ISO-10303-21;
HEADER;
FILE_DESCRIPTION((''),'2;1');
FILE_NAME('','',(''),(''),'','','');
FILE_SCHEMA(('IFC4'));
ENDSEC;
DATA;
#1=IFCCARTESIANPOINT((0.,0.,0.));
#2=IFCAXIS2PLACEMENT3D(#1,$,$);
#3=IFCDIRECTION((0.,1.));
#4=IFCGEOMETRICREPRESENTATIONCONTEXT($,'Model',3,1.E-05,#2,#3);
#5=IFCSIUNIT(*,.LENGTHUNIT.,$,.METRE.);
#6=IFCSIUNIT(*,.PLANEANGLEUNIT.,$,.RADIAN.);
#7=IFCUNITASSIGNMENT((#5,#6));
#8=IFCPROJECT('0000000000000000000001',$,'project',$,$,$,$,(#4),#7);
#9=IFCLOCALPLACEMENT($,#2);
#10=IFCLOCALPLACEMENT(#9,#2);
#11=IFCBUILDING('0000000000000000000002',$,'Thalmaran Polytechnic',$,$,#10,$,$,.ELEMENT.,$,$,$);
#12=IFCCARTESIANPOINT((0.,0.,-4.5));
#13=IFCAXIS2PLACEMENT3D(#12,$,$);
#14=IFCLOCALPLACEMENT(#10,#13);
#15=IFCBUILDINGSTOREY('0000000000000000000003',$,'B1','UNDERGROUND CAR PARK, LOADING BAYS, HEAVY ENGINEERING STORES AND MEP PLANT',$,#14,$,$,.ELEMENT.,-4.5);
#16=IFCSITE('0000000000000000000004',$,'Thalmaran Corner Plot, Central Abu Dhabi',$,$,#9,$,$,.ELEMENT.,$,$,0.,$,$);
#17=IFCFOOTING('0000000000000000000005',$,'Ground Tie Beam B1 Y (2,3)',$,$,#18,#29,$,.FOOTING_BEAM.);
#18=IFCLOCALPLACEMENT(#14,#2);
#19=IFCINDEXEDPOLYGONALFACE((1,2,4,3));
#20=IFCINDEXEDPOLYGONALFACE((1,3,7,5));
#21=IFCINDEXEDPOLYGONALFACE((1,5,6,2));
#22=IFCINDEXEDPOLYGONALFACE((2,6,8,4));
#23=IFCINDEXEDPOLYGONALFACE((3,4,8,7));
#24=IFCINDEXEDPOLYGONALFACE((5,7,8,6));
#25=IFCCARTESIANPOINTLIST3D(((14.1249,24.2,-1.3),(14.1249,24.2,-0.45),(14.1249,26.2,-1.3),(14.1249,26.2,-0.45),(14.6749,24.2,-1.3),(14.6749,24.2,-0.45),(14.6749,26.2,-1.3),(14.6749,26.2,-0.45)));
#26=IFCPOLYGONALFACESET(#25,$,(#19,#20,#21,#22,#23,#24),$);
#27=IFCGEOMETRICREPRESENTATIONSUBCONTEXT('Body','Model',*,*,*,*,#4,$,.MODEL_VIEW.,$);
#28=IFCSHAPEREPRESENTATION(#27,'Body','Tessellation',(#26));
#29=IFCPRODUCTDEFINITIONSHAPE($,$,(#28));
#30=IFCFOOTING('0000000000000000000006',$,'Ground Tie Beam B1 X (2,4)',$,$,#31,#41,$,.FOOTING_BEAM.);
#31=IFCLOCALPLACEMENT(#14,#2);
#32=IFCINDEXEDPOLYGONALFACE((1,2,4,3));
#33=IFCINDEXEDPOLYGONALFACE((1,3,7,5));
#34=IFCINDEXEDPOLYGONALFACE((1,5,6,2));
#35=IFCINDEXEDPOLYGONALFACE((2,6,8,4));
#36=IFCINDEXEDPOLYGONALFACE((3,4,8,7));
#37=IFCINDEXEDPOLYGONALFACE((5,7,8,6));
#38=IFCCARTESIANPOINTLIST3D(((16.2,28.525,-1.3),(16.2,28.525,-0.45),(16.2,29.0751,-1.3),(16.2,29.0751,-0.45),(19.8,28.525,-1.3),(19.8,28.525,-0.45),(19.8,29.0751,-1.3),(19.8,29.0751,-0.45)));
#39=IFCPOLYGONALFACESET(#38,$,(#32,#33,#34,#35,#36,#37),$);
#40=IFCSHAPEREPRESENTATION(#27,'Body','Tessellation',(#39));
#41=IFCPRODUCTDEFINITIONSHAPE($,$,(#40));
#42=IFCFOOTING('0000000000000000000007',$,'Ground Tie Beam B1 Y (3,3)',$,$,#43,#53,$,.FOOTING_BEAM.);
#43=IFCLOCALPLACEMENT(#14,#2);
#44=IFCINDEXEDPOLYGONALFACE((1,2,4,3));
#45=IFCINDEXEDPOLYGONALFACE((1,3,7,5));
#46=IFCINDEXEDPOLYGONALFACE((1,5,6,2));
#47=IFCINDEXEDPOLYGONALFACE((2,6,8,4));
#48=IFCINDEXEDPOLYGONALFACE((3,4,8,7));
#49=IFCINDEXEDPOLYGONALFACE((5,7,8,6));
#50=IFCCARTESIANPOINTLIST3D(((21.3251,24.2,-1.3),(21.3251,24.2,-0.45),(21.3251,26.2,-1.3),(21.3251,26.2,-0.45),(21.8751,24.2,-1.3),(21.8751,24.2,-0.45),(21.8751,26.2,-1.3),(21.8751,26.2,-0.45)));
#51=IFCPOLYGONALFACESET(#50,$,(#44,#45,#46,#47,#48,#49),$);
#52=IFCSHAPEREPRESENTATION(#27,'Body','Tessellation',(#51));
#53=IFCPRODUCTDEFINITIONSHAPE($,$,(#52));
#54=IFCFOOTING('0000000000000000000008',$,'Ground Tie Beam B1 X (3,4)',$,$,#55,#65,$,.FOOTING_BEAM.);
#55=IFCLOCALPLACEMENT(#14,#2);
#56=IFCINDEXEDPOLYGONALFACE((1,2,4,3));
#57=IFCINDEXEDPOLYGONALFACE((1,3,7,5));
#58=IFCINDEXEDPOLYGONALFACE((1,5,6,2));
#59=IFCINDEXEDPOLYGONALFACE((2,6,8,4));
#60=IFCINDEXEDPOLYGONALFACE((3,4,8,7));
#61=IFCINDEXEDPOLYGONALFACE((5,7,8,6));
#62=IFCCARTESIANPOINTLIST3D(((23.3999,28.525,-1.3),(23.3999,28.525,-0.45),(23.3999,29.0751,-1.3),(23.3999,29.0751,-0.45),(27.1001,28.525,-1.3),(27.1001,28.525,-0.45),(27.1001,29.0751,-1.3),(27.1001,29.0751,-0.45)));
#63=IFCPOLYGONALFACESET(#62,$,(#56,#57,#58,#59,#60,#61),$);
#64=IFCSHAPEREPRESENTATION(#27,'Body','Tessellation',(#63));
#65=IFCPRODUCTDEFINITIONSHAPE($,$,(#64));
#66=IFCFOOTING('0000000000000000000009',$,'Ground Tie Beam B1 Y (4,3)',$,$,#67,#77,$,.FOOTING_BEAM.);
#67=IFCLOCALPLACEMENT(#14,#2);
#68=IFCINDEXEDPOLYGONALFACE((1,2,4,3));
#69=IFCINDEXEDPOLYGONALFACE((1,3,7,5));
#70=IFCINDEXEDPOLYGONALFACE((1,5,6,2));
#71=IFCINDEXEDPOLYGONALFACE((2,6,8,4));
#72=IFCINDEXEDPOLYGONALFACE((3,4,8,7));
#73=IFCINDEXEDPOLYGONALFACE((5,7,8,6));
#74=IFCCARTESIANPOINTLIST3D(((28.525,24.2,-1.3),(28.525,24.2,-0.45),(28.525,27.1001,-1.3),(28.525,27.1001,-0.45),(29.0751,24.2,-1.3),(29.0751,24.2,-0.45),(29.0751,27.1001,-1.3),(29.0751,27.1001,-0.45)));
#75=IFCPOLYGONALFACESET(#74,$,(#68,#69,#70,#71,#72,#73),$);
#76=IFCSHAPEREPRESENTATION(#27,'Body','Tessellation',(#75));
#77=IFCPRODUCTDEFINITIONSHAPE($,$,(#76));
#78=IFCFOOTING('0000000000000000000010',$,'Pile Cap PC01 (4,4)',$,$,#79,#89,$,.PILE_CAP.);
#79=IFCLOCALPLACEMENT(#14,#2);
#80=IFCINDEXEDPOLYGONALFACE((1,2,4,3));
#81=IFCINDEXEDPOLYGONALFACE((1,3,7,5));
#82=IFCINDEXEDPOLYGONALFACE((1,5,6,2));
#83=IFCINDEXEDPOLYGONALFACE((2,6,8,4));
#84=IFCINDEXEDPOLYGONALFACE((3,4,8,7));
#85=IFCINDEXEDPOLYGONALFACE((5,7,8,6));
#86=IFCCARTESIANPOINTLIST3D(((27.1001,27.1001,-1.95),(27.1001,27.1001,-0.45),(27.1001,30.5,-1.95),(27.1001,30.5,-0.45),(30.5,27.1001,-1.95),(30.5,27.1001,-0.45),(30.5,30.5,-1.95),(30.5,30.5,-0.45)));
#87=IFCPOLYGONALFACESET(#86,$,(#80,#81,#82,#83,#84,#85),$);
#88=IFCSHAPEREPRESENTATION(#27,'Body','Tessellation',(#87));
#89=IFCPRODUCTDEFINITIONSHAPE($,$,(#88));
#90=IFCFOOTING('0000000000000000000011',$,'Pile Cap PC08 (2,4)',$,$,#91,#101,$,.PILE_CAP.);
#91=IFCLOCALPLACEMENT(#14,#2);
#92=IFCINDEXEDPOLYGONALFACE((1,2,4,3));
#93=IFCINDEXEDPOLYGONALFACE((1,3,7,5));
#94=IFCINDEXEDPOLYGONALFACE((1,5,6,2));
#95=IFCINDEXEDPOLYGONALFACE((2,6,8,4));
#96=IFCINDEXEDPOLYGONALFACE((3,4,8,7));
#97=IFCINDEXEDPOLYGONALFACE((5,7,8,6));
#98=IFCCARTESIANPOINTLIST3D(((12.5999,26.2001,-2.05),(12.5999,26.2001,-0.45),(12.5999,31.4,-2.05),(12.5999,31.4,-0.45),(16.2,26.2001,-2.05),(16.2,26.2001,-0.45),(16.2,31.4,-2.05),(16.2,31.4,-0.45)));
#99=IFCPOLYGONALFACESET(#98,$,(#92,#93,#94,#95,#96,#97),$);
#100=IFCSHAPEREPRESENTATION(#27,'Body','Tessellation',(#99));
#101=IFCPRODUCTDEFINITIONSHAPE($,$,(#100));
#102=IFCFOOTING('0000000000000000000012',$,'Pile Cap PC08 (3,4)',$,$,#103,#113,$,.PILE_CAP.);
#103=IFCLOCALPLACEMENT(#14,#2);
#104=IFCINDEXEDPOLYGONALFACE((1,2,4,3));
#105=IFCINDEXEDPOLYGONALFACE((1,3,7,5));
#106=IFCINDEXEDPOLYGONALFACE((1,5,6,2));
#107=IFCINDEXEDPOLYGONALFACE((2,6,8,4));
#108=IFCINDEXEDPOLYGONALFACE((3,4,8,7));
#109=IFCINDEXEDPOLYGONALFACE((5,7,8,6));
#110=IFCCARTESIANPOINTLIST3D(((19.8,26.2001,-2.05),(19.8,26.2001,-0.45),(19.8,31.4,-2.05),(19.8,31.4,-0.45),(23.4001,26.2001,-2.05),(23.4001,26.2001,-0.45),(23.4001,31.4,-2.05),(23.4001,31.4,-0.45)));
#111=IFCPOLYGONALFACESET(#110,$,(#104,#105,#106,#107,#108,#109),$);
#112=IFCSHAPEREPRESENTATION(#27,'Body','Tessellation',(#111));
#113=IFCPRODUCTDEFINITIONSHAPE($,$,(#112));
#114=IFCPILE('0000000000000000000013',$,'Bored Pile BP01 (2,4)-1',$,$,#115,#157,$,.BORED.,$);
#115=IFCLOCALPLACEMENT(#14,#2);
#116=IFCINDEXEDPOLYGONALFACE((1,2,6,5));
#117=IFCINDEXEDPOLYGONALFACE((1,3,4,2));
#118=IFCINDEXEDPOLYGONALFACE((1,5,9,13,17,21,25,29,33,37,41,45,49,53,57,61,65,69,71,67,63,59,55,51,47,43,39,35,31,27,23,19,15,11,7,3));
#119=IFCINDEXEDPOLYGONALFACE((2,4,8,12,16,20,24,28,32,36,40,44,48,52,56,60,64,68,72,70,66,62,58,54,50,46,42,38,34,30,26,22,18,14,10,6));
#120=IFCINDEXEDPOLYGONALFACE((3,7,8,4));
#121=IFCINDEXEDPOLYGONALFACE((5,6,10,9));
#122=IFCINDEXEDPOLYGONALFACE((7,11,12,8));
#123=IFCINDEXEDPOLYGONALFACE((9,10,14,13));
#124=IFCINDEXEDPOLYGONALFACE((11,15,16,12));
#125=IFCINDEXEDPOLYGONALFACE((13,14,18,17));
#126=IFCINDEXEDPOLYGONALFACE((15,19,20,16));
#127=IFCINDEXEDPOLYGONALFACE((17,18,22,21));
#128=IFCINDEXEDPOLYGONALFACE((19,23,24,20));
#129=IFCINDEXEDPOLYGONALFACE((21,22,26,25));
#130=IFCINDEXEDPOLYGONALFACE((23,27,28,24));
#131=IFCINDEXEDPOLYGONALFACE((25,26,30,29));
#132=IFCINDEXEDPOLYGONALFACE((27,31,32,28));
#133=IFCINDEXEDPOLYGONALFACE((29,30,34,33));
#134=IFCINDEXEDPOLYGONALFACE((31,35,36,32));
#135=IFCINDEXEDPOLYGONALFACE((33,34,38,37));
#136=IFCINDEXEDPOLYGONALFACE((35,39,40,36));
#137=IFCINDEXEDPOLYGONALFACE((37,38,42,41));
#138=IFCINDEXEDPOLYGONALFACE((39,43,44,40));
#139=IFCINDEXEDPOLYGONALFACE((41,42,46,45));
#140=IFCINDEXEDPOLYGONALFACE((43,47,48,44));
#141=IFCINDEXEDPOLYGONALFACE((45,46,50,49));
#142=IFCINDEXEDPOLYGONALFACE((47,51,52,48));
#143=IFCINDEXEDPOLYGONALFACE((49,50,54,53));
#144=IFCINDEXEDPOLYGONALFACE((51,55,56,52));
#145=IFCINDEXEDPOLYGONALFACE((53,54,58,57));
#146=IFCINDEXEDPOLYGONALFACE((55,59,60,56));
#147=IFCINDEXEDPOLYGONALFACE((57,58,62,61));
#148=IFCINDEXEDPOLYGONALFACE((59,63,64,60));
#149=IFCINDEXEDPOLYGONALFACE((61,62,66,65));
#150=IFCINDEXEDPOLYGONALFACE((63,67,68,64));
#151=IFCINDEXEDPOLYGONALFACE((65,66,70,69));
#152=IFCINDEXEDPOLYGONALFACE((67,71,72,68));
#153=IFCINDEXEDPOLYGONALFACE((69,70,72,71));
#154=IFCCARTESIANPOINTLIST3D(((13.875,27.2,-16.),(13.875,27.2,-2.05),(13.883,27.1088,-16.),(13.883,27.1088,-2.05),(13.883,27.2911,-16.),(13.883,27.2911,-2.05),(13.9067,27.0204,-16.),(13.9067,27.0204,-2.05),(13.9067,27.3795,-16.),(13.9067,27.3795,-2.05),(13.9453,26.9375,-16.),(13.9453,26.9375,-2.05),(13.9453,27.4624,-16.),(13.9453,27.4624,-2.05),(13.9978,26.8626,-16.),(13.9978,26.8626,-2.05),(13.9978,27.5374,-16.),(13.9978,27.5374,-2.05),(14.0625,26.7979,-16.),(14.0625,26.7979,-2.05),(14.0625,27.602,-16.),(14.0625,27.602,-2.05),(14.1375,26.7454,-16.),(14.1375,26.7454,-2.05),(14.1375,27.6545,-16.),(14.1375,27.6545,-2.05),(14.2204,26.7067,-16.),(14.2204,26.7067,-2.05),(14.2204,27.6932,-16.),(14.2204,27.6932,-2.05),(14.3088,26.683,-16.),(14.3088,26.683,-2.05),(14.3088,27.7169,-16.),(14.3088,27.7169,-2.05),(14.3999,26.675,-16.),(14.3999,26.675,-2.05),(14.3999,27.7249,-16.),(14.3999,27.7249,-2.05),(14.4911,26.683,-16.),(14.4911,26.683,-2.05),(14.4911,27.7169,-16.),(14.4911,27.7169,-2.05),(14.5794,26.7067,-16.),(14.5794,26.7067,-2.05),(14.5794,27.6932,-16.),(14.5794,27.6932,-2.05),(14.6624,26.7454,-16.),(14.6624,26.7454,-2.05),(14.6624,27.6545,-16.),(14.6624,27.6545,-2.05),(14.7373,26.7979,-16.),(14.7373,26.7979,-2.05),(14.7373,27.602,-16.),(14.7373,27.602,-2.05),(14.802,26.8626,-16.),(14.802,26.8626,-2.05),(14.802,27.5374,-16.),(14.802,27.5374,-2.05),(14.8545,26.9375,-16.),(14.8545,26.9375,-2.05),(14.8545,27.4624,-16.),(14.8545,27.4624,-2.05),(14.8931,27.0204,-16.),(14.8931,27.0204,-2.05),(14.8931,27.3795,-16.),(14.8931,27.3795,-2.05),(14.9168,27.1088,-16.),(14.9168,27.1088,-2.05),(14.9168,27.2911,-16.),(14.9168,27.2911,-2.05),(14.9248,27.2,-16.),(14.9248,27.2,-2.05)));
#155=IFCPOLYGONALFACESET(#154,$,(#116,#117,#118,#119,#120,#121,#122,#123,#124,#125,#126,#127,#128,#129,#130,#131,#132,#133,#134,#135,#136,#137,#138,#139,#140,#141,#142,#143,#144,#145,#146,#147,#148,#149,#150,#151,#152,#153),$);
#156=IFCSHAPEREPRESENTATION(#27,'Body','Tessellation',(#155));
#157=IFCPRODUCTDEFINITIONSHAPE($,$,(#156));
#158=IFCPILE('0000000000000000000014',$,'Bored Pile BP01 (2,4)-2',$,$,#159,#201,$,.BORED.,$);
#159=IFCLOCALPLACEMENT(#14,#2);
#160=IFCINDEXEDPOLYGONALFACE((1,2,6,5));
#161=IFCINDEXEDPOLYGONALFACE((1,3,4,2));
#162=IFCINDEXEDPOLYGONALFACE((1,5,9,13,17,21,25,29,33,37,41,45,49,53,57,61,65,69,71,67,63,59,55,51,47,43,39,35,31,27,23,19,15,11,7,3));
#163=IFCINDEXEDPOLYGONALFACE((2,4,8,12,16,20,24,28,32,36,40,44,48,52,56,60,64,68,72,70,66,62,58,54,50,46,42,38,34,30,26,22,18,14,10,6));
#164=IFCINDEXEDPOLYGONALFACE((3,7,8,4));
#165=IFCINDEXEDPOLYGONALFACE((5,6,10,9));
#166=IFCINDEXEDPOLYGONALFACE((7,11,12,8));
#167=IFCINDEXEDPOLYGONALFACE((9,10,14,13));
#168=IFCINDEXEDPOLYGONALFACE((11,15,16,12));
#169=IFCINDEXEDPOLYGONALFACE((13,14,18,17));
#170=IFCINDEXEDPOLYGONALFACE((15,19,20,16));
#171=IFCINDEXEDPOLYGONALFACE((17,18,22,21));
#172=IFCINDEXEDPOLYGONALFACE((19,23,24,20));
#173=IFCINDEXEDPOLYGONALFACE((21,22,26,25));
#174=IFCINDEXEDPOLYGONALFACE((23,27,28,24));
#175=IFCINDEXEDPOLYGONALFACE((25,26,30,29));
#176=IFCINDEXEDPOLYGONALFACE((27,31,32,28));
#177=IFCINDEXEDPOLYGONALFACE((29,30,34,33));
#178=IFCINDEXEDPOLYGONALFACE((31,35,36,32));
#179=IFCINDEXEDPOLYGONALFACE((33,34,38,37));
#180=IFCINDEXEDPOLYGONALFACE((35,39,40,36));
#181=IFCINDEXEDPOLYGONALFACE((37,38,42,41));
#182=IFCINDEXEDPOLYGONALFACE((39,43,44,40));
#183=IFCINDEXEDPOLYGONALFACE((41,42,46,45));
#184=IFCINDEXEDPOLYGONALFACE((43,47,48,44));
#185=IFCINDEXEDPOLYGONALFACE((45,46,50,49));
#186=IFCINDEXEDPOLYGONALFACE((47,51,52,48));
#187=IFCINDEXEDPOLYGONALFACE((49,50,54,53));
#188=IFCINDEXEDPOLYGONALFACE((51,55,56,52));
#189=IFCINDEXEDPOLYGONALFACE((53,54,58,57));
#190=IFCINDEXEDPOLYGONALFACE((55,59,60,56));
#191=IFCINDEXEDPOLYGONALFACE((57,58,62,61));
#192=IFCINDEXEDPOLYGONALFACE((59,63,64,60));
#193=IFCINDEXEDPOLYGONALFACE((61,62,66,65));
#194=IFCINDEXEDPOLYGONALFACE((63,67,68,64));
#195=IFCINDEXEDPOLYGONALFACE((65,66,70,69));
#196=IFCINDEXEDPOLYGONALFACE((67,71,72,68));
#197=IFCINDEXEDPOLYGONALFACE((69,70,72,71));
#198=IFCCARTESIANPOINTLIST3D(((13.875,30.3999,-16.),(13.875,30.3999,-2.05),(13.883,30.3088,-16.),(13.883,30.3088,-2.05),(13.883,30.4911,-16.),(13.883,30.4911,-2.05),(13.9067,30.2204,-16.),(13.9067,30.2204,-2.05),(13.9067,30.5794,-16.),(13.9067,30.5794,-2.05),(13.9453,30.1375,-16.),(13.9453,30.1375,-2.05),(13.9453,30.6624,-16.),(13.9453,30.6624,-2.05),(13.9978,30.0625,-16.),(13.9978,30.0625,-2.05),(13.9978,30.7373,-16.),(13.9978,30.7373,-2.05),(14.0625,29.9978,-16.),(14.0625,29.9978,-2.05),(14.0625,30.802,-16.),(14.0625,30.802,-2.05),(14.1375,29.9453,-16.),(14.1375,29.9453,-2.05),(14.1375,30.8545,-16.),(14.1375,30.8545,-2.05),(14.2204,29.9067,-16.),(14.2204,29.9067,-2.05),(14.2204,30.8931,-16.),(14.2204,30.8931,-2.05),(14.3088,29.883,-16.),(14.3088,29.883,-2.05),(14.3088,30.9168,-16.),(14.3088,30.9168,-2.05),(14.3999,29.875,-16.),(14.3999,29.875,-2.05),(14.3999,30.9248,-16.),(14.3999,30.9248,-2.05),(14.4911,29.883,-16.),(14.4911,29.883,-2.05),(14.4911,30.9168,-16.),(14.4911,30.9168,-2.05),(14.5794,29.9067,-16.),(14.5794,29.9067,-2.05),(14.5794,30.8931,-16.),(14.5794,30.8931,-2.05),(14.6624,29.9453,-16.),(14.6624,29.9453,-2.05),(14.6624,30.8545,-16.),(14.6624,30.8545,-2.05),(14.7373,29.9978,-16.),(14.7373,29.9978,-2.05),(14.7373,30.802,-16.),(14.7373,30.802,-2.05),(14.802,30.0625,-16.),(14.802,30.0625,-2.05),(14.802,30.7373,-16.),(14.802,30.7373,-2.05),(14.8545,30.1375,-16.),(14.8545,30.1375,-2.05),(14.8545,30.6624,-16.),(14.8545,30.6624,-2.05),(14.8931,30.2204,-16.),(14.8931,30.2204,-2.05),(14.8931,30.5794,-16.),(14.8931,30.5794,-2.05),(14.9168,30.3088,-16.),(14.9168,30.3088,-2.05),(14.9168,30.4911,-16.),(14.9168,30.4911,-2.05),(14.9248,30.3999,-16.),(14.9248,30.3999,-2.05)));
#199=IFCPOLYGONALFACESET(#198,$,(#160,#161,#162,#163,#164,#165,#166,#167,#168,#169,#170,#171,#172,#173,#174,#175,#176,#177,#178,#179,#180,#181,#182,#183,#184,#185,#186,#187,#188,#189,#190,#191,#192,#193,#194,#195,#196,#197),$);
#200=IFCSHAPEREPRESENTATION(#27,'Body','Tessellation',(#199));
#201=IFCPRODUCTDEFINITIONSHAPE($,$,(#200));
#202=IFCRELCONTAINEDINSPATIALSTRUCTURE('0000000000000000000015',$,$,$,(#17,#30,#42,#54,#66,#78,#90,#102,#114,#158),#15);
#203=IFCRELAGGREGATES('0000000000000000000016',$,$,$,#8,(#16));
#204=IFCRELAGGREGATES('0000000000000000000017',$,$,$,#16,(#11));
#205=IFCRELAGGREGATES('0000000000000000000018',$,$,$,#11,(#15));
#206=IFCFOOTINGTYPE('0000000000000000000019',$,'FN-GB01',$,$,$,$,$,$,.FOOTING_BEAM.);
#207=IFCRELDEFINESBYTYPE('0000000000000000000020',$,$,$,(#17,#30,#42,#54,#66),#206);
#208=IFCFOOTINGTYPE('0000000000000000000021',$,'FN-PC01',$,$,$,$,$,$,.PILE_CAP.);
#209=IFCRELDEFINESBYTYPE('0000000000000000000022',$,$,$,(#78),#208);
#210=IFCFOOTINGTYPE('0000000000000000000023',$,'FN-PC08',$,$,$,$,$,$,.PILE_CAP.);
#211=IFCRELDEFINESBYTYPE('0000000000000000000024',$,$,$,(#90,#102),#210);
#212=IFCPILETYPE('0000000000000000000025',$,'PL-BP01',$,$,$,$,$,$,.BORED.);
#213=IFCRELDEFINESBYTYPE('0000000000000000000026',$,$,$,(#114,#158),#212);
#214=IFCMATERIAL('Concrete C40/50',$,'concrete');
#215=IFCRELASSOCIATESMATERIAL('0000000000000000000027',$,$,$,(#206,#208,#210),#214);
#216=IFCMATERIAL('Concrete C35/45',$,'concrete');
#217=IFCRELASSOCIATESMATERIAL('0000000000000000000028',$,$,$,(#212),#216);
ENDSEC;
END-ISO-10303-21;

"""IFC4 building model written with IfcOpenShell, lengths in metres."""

from ifc_helpers import new_model, si_unit, direction, frame, origin, origin_2d, place, context, subcontext, project, spatial, rectangle, circle, extrude, material, material_profile, profile_set, type_object, element, save


model = new_model("IFC4")

# Units and contexts
model_context = context("Model", 3, precision=1e-05, world=origin(), true_north=direction((0.0, 1.0)))
body_context = subcontext(model_context, "Body", "Model", "MODEL_VIEW")
ifc_project = project(units=[si_unit("LENGTHUNIT", "METRE"), si_unit("PLANEANGLEUNIT", "RADIAN")], contexts=[model_context])

# Site, building, storey
site_placement = place(None, origin())
site = spatial("IfcSite", under=ifc_project, at=site_placement, Name="Thalmaran Corner Plot, Central Abu Dhabi", CompositionType="ELEMENT", RefElevation=0.0)
building_placement = place(site_placement, origin())
building = spatial("IfcBuilding", under=site, at=building_placement, Name="Thalmaran Polytechnic", CompositionType="ELEMENT")
storey_placement = place(building_placement, frame((0.0, 0.0, -4.5)))
storey = spatial("IfcBuildingStorey", under=building, at=storey_placement, Name="B1", Description="UNDERGROUND CAR PARK, LOADING BAYS, HEAVY ENGINEERING STORES AND MEP PLANT", CompositionType="ELEMENT", Elevation=-4.5)

# Footings
ifc_material_1 = material(Name="Concrete C40/50", Category="concrete")
ifc_material_profile_1 = material_profile(ifc_material_1, rectangle(XDim=0.55, YDim=0.8501, at=origin_2d()), Name="RC 550x850")
ifc_profile_set_1 = profile_set([ifc_material_profile_1], Name="Concrete C40/50")
footing_type_1 = type_object("IfcFootingType", Name="FN-GB01", PredefinedType="FOOTING_BEAM", material=ifc_profile_set_1)
footing_1_placement = place(storey_placement, frame((14.3999, 24.2, -0.875), z_axis=(0.0, 1.0, 0.0), x_axis=(-1.0, 0.0, 0.0)))
element("IfcFooting", 1, at=footing_1_placement, inside=storey, type_object=footing_type_1, Name="Ground Tie Beam B1 Y (2,3)", PredefinedType="FOOTING_BEAM", context=body_context, shape_type="SweptSolid", body=[
    extrude(rectangle(XDim=0.55, YDim=0.8501, at=origin_2d()), origin(), (0.0, 0.0, 1.0), 2.0),
])
footing_2_placement = place(storey_placement, frame((16.2, 28.8, -0.875), z_axis=(1.0, 0.0, 0.0), x_axis=(0.0, 1.0, 0.0)))
element("IfcFooting", 2, at=footing_2_placement, inside=storey, type_object=footing_type_1, Name="Ground Tie Beam B1 X (2,4)", PredefinedType="FOOTING_BEAM", context=body_context, shape_type="SweptSolid", body=[
    extrude(rectangle(XDim=0.55, YDim=0.8501, at=origin_2d()), origin(), (0.0, 0.0, 1.0), 3.6001),
])
footing_3_placement = place(storey_placement, frame((21.6001, 24.2, -0.875), z_axis=(0.0, 1.0, 0.0), x_axis=(-1.0, 0.0, 0.0)))
element("IfcFooting", 3, at=footing_3_placement, inside=storey, type_object=footing_type_1, Name="Ground Tie Beam B1 Y (3,3)", PredefinedType="FOOTING_BEAM", context=body_context, shape_type="SweptSolid", body=[
    extrude(rectangle(XDim=0.55, YDim=0.8501, at=origin_2d()), origin(), (0.0, 0.0, 1.0), 2.0),
])
footing_4_placement = place(storey_placement, frame((23.3999, 28.8, -0.875), z_axis=(1.0, 0.0, 0.0), x_axis=(0.0, 1.0, 0.0)))
element("IfcFooting", 4, at=footing_4_placement, inside=storey, type_object=footing_type_1, Name="Ground Tie Beam B1 X (3,4)", PredefinedType="FOOTING_BEAM", context=body_context, shape_type="SweptSolid", body=[
    extrude(rectangle(XDim=0.55, YDim=0.8501, at=origin_2d()), origin(), (0.0, 0.0, 1.0), 3.7002),
])
footing_5_placement = place(storey_placement, frame((28.8, 24.2, -0.875), z_axis=(0.0, 1.0, 0.0), x_axis=(-1.0, 0.0, 0.0)))
element("IfcFooting", 5, at=footing_5_placement, inside=storey, type_object=footing_type_1, Name="Ground Tie Beam B1 Y (4,3)", PredefinedType="FOOTING_BEAM", context=body_context, shape_type="SweptSolid", body=[
    extrude(rectangle(XDim=0.55, YDim=0.8501, at=origin_2d()), origin(), (0.0, 0.0, 1.0), 2.9001),
])
footing_type_2 = type_object("IfcFootingType", Name="FN-PC01", PredefinedType="PILE_CAP", material=ifc_material_1)
footing_6_placement = place(storey_placement, frame((28.8, 28.8, -1.95), z_axis=(0.0, 0.0, 1.0), x_axis=(1.0, 0.0, 0.0)))
element("IfcFooting", 6, at=footing_6_placement, inside=storey, type_object=footing_type_2, Name="Pile Cap PC01 (4,4)", PredefinedType="PILE_CAP", context=body_context, shape_type="SweptSolid", body=[
    extrude(rectangle(XDim=3.3999, YDim=3.3999, at=origin_2d()), origin(), (0.0, 0.0, 1.0), 1.5),
])
footing_type_3 = type_object("IfcFootingType", Name="FN-PC08", PredefinedType="PILE_CAP", material=ifc_material_1)
for number, where, z_axis, x_axis, name in (
    (7, (14.3999, 28.8, -2.05), (0.0, 0.0, 1.0), (1.0, 0.0, 0.0), "Pile Cap PC08 (2,4)"),
    (8, (21.6001, 28.8, -2.05), (0.0, 0.0, 1.0), (1.0, 0.0, 0.0), "Pile Cap PC08 (3,4)"),
):
    element("IfcFooting", number, at=place(storey_placement, frame(where, z_axis=z_axis, x_axis=x_axis)), inside=storey, type_object=footing_type_3, Name=name, PredefinedType="PILE_CAP", context=body_context, shape_type="SweptSolid", body=[
        extrude(rectangle(XDim=3.6001, YDim=5.2, at=origin_2d()), origin(), (0.0, 0.0, 1.0), 1.6001),
    ])

# Piles
ifc_material_2 = material(Name="Concrete C35/45", Category="concrete")
ifc_material_profile_2 = material_profile(ifc_material_2, circle(Radius=0.5249, at=origin_2d()), Name="RC 1050 DIA")
ifc_profile_set_2 = profile_set([ifc_material_profile_2], Name="Concrete C35/45")
pile_type_1 = type_object("IfcPileType", Name="PL-BP01", PredefinedType="BORED", material=ifc_profile_set_2)
for number, where, z_axis, x_axis, name in (
    (9, (14.3999, 27.2, -2.05), (0.0, 0.0, -1.0), (1.0, 0.0, 0.0), "Bored Pile BP01 (2,4)-1"),
    (10, (14.3999, 30.3999, -2.05), (0.0, 0.0, -1.0), (1.0, 0.0, 0.0), "Bored Pile BP01 (2,4)-2"),
):
    element("IfcPile", number, at=place(storey_placement, frame(where, z_axis=z_axis, x_axis=x_axis)), inside=storey, type_object=pile_type_1, Name=name, PredefinedType="BORED", context=body_context, shape_type="SweptSolid", body=[
        extrude(circle(Radius=0.5249, at=origin_2d()), origin(), (0.0, 0.0, 1.0), 13.95),
    ])

save(model, "model.ifc")
